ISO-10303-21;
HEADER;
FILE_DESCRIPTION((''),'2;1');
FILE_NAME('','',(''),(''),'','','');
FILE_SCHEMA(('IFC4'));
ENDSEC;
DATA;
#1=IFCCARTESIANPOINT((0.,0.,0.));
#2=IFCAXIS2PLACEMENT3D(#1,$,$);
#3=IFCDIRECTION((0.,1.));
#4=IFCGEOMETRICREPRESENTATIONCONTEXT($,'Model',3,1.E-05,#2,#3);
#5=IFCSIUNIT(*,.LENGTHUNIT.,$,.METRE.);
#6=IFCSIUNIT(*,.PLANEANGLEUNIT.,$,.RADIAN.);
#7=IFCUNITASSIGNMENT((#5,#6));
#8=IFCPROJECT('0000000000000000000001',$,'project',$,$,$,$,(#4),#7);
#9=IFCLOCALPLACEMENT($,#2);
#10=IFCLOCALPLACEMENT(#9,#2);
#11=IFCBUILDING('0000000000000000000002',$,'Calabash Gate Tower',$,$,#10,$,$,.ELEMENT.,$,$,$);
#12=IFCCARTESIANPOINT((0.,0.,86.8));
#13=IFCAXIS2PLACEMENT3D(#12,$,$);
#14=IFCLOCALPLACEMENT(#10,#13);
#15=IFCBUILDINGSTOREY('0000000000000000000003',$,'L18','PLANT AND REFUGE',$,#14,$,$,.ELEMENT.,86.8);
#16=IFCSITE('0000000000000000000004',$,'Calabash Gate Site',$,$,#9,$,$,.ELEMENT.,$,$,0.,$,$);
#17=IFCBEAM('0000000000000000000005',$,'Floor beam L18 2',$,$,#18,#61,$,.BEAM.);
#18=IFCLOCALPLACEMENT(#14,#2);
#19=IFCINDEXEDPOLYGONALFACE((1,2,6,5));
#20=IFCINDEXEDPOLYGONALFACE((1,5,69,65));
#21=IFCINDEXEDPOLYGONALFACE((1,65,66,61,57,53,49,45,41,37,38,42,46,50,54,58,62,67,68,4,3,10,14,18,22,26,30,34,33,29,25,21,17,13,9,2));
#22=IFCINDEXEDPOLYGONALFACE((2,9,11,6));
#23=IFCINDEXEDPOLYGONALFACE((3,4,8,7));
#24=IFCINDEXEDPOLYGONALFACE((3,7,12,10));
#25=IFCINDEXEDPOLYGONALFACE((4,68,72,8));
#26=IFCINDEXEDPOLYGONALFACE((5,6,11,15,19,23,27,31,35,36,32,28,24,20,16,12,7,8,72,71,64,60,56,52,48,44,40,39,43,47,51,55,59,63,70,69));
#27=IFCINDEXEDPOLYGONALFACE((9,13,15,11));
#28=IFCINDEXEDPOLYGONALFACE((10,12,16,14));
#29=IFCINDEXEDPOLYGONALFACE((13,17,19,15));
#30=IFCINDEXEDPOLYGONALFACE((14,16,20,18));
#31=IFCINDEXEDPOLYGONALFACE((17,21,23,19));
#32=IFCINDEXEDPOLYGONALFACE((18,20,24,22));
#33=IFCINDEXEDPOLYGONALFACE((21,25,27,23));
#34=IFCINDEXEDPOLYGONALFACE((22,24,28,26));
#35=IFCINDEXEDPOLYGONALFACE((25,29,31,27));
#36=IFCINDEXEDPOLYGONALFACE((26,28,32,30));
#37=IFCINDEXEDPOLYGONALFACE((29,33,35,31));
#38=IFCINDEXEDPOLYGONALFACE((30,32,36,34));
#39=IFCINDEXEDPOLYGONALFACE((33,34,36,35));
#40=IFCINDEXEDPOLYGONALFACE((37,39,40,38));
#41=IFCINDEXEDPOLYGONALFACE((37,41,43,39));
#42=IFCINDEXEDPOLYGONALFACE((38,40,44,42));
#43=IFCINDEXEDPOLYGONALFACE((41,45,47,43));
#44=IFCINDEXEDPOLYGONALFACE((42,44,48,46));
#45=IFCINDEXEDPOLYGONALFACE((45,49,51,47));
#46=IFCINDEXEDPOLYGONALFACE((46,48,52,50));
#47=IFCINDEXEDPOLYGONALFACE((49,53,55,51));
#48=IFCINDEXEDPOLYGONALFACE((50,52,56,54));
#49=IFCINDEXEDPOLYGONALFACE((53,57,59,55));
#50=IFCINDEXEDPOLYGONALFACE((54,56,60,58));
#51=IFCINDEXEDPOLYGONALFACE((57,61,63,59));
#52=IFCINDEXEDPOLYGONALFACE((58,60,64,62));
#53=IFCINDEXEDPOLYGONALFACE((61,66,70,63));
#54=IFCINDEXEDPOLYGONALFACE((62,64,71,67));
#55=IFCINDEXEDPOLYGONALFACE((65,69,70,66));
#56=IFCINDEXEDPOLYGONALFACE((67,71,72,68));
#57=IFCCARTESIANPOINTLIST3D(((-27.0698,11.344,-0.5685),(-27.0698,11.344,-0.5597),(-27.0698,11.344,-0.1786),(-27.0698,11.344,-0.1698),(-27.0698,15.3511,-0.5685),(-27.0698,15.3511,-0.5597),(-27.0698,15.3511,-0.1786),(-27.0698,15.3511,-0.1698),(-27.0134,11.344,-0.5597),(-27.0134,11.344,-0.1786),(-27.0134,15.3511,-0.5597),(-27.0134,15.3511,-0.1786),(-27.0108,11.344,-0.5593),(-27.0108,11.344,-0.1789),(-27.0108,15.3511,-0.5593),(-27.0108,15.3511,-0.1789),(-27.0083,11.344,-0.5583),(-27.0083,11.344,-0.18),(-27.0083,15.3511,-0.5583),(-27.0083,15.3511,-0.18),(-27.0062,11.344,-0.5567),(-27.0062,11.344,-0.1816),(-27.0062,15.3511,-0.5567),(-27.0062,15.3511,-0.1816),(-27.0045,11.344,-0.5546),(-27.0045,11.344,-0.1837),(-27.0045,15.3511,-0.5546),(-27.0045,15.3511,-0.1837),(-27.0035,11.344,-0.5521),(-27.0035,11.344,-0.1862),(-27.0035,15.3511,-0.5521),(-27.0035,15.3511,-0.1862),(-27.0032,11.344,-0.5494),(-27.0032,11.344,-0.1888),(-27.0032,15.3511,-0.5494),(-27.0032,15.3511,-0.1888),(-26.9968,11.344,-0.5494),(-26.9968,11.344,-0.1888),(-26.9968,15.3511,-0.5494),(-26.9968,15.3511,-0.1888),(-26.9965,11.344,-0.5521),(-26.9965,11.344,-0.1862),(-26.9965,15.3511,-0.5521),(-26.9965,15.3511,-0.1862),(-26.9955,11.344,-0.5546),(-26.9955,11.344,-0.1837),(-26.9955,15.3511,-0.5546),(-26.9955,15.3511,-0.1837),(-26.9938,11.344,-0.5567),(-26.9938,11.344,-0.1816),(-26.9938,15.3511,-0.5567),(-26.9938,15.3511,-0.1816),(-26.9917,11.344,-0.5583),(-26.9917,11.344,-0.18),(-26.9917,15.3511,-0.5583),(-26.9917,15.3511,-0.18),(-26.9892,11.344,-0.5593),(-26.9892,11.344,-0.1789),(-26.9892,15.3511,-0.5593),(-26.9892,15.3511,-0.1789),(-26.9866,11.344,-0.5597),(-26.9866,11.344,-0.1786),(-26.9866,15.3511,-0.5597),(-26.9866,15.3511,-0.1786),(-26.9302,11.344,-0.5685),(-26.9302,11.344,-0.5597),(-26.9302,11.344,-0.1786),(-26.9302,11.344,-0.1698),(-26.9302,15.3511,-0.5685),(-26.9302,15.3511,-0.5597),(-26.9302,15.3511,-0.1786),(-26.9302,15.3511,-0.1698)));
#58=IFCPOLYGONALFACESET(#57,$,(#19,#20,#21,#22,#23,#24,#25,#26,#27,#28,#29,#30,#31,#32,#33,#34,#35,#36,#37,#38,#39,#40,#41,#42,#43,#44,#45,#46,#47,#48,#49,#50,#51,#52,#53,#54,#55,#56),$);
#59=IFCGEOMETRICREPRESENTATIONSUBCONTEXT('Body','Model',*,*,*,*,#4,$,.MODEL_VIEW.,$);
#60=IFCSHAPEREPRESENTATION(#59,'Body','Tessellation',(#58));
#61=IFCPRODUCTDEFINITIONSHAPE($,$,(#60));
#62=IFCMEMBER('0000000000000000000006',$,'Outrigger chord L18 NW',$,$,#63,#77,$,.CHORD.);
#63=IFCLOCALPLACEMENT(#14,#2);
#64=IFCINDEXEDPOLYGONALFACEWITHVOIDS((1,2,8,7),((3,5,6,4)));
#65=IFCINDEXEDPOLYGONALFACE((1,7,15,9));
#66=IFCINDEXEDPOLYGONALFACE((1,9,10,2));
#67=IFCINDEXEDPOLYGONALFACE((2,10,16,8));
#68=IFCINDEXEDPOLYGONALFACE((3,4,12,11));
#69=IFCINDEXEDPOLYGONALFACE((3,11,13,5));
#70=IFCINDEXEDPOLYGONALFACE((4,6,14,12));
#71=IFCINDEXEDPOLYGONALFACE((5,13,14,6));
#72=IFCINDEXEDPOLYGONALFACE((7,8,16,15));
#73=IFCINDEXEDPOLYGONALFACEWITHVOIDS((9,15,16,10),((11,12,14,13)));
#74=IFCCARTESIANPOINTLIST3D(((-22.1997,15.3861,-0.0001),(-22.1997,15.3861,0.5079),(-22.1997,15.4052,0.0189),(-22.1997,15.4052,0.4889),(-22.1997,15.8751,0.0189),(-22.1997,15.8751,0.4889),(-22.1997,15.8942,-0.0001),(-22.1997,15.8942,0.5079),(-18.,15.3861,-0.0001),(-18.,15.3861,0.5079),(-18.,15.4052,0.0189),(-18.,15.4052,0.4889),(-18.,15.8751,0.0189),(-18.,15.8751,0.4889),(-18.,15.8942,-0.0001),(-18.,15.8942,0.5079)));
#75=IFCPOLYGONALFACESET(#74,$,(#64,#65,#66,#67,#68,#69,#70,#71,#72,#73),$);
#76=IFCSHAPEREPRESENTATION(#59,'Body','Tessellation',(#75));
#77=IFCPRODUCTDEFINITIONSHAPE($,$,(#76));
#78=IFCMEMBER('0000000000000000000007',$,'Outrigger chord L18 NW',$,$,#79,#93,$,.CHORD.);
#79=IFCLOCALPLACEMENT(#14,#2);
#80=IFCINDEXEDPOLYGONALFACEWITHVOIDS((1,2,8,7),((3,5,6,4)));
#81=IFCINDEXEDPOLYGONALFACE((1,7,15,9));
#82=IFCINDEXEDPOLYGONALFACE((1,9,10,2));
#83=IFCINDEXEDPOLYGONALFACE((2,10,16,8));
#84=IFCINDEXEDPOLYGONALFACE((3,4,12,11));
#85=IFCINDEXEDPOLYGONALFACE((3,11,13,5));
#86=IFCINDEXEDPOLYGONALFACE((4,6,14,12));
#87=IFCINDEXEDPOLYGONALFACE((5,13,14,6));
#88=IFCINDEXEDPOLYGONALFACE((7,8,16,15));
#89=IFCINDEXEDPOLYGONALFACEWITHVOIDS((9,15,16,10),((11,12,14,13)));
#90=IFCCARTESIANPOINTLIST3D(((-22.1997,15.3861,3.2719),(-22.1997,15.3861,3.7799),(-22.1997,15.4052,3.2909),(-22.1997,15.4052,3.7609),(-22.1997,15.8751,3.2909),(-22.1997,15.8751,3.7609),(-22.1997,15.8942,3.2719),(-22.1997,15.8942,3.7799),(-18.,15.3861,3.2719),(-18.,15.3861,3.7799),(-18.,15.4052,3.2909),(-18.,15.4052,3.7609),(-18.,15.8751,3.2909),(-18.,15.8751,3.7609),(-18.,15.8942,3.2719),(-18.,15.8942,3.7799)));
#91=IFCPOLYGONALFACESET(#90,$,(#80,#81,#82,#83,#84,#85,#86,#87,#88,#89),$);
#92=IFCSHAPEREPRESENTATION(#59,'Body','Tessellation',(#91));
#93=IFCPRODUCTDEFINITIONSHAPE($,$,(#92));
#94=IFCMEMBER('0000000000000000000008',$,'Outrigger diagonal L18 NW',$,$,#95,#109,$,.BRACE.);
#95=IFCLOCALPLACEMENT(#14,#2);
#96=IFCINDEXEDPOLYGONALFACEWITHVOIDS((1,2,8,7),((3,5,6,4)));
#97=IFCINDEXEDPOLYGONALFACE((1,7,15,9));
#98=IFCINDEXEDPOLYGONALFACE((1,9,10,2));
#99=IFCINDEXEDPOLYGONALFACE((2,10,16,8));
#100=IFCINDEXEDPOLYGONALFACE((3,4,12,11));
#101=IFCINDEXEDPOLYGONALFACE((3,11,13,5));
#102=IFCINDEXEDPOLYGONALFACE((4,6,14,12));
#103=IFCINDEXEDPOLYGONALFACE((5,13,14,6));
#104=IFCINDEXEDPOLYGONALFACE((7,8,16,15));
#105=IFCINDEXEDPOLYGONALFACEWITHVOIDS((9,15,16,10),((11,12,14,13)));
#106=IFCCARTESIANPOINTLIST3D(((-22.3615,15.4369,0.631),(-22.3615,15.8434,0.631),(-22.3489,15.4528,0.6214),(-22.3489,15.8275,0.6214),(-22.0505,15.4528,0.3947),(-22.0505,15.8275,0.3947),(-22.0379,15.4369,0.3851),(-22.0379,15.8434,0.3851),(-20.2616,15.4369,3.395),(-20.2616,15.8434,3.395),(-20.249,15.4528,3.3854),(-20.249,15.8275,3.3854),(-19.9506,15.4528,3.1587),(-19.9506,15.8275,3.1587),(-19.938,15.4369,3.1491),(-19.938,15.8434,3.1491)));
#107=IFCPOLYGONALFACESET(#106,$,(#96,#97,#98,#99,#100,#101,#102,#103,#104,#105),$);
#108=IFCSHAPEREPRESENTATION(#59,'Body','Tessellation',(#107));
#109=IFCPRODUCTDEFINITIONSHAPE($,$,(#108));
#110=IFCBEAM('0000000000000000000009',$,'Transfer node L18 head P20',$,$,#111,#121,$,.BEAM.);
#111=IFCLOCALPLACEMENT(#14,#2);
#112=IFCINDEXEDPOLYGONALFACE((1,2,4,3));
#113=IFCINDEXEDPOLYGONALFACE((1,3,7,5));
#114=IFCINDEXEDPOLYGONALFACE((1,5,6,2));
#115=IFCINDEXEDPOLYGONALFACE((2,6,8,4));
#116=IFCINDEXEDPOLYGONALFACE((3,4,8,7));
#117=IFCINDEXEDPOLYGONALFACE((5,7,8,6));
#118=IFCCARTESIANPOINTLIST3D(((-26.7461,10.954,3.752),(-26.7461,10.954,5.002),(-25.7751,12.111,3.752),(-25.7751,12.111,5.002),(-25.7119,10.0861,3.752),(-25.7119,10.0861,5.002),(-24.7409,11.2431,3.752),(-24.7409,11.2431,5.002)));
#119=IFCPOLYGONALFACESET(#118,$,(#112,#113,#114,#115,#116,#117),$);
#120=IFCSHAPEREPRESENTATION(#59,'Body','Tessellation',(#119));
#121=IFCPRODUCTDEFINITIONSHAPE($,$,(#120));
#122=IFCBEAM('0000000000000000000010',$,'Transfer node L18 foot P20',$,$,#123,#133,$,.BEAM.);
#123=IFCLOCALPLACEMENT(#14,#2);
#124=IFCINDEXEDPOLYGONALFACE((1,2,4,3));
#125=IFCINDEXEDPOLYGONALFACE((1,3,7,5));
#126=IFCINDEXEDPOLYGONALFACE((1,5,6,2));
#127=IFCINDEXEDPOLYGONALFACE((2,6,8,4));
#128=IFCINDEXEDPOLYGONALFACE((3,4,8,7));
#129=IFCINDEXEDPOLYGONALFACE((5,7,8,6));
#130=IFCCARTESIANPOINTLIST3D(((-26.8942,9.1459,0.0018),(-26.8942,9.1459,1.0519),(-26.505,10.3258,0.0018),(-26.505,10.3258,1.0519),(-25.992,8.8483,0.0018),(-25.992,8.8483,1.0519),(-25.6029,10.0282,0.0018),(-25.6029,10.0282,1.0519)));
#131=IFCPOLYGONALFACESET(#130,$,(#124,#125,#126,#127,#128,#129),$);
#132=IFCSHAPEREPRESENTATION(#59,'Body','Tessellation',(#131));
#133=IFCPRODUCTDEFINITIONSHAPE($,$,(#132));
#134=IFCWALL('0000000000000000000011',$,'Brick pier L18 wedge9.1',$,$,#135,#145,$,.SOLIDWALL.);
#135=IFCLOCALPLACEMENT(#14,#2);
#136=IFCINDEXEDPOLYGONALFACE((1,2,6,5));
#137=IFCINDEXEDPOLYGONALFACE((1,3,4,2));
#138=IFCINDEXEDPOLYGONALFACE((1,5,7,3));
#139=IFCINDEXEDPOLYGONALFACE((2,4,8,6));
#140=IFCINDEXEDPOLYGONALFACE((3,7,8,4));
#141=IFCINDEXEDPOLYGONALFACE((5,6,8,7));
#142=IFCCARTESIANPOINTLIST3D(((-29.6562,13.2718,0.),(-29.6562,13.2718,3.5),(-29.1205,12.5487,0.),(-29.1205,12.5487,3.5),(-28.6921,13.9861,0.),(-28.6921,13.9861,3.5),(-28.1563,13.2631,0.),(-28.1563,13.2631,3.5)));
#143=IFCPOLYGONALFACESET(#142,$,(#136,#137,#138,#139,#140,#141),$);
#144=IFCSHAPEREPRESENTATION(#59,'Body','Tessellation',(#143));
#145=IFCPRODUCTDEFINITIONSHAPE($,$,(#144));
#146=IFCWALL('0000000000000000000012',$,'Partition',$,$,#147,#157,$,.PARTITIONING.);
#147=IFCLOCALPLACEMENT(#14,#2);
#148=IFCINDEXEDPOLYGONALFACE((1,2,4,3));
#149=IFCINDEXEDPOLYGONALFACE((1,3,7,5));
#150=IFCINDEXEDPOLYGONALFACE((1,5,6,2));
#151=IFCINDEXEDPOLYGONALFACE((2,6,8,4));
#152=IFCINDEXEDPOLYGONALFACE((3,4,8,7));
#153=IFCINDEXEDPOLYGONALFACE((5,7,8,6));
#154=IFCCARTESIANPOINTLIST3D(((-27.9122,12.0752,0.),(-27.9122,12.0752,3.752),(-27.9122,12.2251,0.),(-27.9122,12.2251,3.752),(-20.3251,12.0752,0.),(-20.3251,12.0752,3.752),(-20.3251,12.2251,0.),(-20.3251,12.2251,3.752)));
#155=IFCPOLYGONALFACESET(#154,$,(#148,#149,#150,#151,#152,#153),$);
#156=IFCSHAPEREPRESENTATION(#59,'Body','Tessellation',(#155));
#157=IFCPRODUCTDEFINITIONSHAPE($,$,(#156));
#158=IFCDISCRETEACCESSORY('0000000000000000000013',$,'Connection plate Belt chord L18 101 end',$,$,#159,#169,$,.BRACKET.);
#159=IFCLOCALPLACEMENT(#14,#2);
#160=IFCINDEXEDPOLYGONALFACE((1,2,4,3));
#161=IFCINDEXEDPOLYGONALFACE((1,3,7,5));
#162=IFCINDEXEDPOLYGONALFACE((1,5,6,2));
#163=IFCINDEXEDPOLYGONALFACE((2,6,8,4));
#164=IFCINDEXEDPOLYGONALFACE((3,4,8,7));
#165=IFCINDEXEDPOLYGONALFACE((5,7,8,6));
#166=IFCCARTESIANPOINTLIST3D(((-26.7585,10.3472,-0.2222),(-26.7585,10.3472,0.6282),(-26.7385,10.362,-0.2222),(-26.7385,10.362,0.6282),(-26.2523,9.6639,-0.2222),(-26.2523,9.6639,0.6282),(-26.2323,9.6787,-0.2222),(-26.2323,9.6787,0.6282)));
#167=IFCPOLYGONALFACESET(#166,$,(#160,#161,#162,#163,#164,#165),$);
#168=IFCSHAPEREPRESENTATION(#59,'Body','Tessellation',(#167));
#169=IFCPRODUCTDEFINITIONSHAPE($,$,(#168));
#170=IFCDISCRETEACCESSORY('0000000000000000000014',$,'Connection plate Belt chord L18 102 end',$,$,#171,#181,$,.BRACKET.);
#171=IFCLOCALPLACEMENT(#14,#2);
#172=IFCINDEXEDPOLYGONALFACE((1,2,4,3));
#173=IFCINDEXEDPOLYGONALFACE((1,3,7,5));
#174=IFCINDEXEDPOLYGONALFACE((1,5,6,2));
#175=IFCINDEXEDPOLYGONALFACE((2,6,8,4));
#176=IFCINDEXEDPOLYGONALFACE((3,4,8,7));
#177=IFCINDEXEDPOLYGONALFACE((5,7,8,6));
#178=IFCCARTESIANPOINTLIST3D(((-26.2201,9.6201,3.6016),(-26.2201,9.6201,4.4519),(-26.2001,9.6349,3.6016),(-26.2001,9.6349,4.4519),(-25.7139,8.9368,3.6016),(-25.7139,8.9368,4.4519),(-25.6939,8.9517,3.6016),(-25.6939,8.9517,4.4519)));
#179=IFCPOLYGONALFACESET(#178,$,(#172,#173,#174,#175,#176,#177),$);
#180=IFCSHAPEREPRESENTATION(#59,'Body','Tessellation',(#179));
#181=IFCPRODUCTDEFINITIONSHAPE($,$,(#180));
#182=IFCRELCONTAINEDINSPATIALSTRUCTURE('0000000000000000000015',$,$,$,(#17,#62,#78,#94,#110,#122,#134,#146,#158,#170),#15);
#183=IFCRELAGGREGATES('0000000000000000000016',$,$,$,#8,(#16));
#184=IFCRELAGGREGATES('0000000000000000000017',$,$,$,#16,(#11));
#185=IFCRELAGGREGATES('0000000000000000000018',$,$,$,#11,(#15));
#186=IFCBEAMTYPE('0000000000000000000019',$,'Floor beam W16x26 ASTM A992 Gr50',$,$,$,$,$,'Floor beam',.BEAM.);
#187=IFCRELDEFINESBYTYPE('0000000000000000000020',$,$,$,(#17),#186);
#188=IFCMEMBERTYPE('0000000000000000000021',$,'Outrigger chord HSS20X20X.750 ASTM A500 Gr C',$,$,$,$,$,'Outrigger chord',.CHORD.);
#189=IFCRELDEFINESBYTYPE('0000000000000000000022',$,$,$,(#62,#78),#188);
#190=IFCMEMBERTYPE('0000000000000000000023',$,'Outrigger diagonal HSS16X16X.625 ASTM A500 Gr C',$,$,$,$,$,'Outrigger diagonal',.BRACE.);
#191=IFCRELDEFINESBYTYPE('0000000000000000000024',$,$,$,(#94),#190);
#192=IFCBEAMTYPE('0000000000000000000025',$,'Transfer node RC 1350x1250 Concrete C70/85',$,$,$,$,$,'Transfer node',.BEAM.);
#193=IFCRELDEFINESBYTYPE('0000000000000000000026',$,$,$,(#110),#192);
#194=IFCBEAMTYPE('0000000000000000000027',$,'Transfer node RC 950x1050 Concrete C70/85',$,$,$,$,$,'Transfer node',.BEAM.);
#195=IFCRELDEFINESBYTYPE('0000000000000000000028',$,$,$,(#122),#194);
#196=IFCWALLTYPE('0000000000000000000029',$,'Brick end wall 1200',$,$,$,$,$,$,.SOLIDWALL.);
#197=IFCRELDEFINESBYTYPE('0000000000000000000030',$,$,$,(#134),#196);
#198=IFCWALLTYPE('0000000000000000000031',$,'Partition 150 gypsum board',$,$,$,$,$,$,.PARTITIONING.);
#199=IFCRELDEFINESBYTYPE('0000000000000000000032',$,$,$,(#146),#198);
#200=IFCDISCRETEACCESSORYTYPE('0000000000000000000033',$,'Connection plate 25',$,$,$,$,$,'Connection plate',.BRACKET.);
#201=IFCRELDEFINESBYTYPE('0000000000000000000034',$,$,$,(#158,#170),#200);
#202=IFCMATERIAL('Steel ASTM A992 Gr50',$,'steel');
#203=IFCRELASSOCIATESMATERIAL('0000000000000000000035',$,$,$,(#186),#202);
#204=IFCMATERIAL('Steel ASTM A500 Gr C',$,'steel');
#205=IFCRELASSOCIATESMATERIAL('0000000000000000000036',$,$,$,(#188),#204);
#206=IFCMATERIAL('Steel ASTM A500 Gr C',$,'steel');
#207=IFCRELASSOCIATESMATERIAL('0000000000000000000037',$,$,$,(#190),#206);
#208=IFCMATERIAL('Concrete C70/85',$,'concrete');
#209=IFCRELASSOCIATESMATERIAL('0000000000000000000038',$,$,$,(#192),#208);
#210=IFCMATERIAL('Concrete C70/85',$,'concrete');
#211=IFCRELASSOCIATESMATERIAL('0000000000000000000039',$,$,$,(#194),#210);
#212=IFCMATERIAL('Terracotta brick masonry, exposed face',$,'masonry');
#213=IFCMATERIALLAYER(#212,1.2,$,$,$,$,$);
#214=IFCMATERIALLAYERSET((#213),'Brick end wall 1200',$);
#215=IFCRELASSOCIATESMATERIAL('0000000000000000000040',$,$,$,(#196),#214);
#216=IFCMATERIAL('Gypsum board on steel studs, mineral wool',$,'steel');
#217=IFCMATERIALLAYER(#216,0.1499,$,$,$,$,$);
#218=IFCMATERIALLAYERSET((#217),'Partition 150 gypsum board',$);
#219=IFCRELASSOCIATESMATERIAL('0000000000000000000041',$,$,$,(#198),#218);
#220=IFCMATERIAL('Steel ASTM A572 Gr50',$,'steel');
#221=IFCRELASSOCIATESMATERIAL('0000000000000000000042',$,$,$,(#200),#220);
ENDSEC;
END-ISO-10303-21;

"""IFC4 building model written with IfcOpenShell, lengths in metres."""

from ifc_helpers import new_model, si_unit, direction, frame, frame_2d, origin, origin_2d, place, context, subcontext, project, spatial, rectangle, hollow_rectangle, i_section, extrude, material, layer, layer_set, material_profile, profile_set, type_object, element, save


model = new_model("IFC4")

# Units and contexts
model_context = context("Model", 3, precision=1e-05, world=origin(), true_north=direction((0.0, 1.0)))
body_context = subcontext(model_context, "Body", "Model", "MODEL_VIEW")
ifc_project = project(units=[si_unit("LENGTHUNIT", "METRE"), si_unit("PLANEANGLEUNIT", "RADIAN")], contexts=[model_context])

# Site, building, storey
site_placement = place(None, origin())
site = spatial("IfcSite", under=ifc_project, at=site_placement, Name="Calabash Gate Site", CompositionType="ELEMENT", RefElevation=0.0)
building_placement = place(site_placement, origin())
building = spatial("IfcBuilding", under=site, at=building_placement, Name="Calabash Gate Tower", CompositionType="ELEMENT")
storey_placement = place(building_placement, frame((0.0, 0.0, 86.8)))
storey = spatial("IfcBuildingStorey", under=building, at=storey_placement, Name="L18", Description="PLANT AND REFUGE", CompositionType="ELEMENT", Elevation=86.8)

# Beam
ifc_material_1 = material(Name="Steel ASTM A992 Gr50", Category="steel")
ifc_material_profile_1 = material_profile(ifc_material_1, i_section(OverallWidth=0.1396, OverallDepth=0.3987, WebThickness=0.0063, FlangeThickness=0.0088, FilletRadius=0.0103, at=origin_2d()))
ifc_profile_set_1 = profile_set([ifc_material_profile_1], Name="Steel ASTM A992 Gr50")
beam_type_1 = type_object("IfcBeamType", Name="Floor beam W16x26 ASTM A992 Gr50", ElementType="Floor beam", PredefinedType="BEAM", material=ifc_profile_set_1)
beam_1_placement = place(storey_placement, frame((-27.0, 11.344, -0.3691), z_axis=(0.0, 1.0, 0.0), x_axis=(-1.0, 0.0, 0.0)))
element("IfcBeam", 1, at=beam_1_placement, inside=storey, type_object=beam_type_1, Name="Floor beam L18 2", PredefinedType="BEAM", context=body_context, shape_type="SweptSolid", body=[
    extrude(i_section(OverallWidth=0.1396, OverallDepth=0.3987, WebThickness=0.0063, FlangeThickness=0.0088, FilletRadius=0.0103, at=origin_2d()), origin(), (0.0, 0.0, 1.0), 4.0071),
])

# Members
ifc_material_2 = material(Name="Steel ASTM A500 Gr C", Category="steel")
ifc_material_profile_2 = material_profile(ifc_material_2, hollow_rectangle(XDim=0.5081, YDim=0.5081, WallThickness=0.019, at=origin_2d()))
ifc_profile_set_2 = profile_set([ifc_material_profile_2], Name="Steel ASTM A500 Gr C")
member_type_1 = type_object("IfcMemberType", Name="Outrigger chord HSS20X20X.750 ASTM A500 Gr C", ElementType="Outrigger chord", PredefinedType="CHORD", material=ifc_profile_set_2)
for number, where, z_axis, x_axis, name in (
    (2, (-22.1997, 15.6401, 0.2539), (1.0, 0.0, 0.0), (0.0, 1.0, 0.0), "Outrigger chord L18 NW"),
    (3, (-22.1997, 15.6401, 3.5259), (1.0, 0.0, 0.0), (0.0, 1.0, 0.0), "Outrigger chord L18 NW"),
):
    element("IfcMember", number, at=place(storey_placement, frame(where, z_axis=z_axis, x_axis=x_axis)), inside=storey, type_object=member_type_1, Name=name, PredefinedType="CHORD", context=body_context, shape_type="SweptSolid", body=[
        extrude(hollow_rectangle(XDim=0.5081, YDim=0.5081, WallThickness=0.019, at=origin_2d()), origin(), (0.0, 0.0, 1.0), 4.1997),
    ])
ifc_material_3 = material(Name="Steel ASTM A500 Gr C", Category="steel")
ifc_material_profile_3 = material_profile(ifc_material_3, hollow_rectangle(XDim=0.4065, YDim=0.4065, WallThickness=0.0159, at=origin_2d()))
ifc_profile_set_3 = profile_set([ifc_material_profile_3], Name="Steel ASTM A500 Gr C")
member_type_2 = type_object("IfcMemberType", Name="Outrigger diagonal HSS16X16X.625 ASTM A500 Gr C", ElementType="Outrigger diagonal", PredefinedType="BRACE", material=ifc_profile_set_3)
member_1_placement = place(storey_placement, frame((-22.1997, 15.6401, 0.5081), z_axis=(0.604951, 0.0, 0.796262), x_axis=(0.0, 1.0, 0.0)))
element("IfcMember", 4, at=member_1_placement, inside=storey, type_object=member_type_2, Name="Outrigger diagonal L18 NW", PredefinedType="BRACE", context=body_context, shape_type="SweptSolid", body=[
    extrude(hollow_rectangle(XDim=0.4065, YDim=0.4065, WallThickness=0.0159, at=origin_2d()), origin(), (0.0, 0.0, 1.0), 3.4712),
])

# Beams
ifc_material_4 = material(Name="Concrete C70/85", Category="concrete")
ifc_material_profile_4 = material_profile(ifc_material_4, rectangle(XDim=1.3501, YDim=1.25, at=origin_2d()))
ifc_profile_set_4 = profile_set([ifc_material_profile_4], Name="Concrete C70/85")
beam_type_2 = type_object("IfcBeamType", Name="Transfer node RC 1350x1250 Concrete C70/85", ElementType="Transfer node", PredefinedType="BEAM", material=ifc_profile_set_4)
beam_2_placement = place(storey_placement, frame((-26.229, 10.52, 4.377), z_axis=(0.642836, 0.766004, 0.0), x_axis=(-0.766004, 0.642836, 0.0)))
element("IfcBeam", 5, at=beam_2_placement, inside=storey, type_object=beam_type_2, Name="Transfer node L18 head P20", PredefinedType="BEAM", context=body_context, shape_type="SweptSolid", body=[
    extrude(rectangle(XDim=1.3501, YDim=1.25, at=origin_2d()), origin(), (0.0, 0.0, 1.0), 1.5105),
])
ifc_material_5 = material(Name="Concrete C70/85", Category="concrete")
ifc_material_profile_5 = material_profile(ifc_material_5, rectangle(XDim=0.95, YDim=1.05, at=origin_2d()))
ifc_profile_set_5 = profile_set([ifc_material_profile_5], Name="Concrete C70/85")
beam_type_3 = type_object("IfcBeamType", Name="Transfer node RC 950x1050 Concrete C70/85", ElementType="Transfer node", PredefinedType="BEAM", material=ifc_profile_set_5)
beam_3_placement = place(storey_placement, frame((-26.054, 10.177, 0.5269), z_axis=(-0.31322, -0.949681, 0.0), x_axis=(0.949681, -0.31322, 0.0)))
element("IfcBeam", 6, at=beam_3_placement, inside=storey, type_object=beam_type_3, Name="Transfer node L18 foot P20", PredefinedType="BEAM", context=body_context, shape_type="SweptSolid", body=[
    extrude(rectangle(XDim=0.95, YDim=1.05, at=origin_2d()), origin(), (0.0, 0.0, 1.0), 1.2424),
])

# Walls
ifc_material_6 = material(Name="Terracotta brick masonry, exposed face", Category="masonry")
ifc_layer_1 = layer(ifc_material_6, 1.2)
ifc_layer_set_1 = layer_set([ifc_layer_1], Name="Brick end wall 1200")
wall_type_1 = type_object("IfcWallType", Name="Brick end wall 1200", PredefinedType="SOLIDWALL", material=ifc_layer_set_1)
wall_1_placement = place(storey_placement, frame((-29.3884, 12.9102, 0.0), z_axis=(0.0, 0.0, 1.0), x_axis=(0.803478, 0.595335, 0.0)))
element("IfcWall", 7, at=wall_1_placement, inside=storey, type_object=wall_type_1, Name="Brick pier L18 wedge9.1", PredefinedType="SOLIDWALL", context=body_context, shape_type="SweptSolid", body=[
    extrude(rectangle(XDim=1.2, YDim=0.8999, at=frame_2d((0.6001, 0.0))), origin(), (0.0, 0.0, 1.0), 3.5),
])
ifc_material_7 = material(Name="Gypsum board on steel studs, mineral wool", Category="steel")
ifc_layer_2 = layer(ifc_material_7, 0.1499)
ifc_layer_set_2 = layer_set([ifc_layer_2], Name="Partition 150 gypsum board")
wall_type_2 = type_object("IfcWallType", Name="Partition 150 gypsum board", PredefinedType="PARTITIONING", material=ifc_layer_set_2)
wall_2_placement = place(storey_placement, frame((-27.9121, 12.1501, 0.0), z_axis=(0.0, 0.0, 1.0), x_axis=(1.0, 0.0, 0.0)))
element("IfcWall", 8, at=wall_2_placement, inside=storey, type_object=wall_type_2, Name="Partition", PredefinedType="PARTITIONING", context=body_context, shape_type="SweptSolid", body=[
    extrude(rectangle(XDim=7.5872, YDim=0.1499, at=frame_2d((3.7935, 0.0))), origin(), (0.0, 0.0, 1.0), 3.752),
])

# Discrete accessories
ifc_material_8 = material(Name="Steel ASTM A572 Gr50", Category="steel")
discrete_accessory_type = type_object("IfcDiscreteAccessoryType", Name="Connection plate 25", ElementType="Connection plate", PredefinedType="BRACKET", material=ifc_material_8)
for number, where, z_axis, x_axis, name in (
    (9, (-26.4954, 10.0129, -0.2222), (0.0, 0.0, 1.0), (0.595287, -0.803513, 0.0), "Connection plate Belt chord L18 101 end"),
    (10, (-25.957, 9.2859, 3.6016), (0.0, 0.0, 1.0), (0.595276, -0.803521, 0.0), "Connection plate Belt chord L18 102 end"),
):
    element("IfcDiscreteAccessory", number, at=place(storey_placement, frame(where, z_axis=z_axis, x_axis=x_axis)), inside=storey, type_object=discrete_accessory_type, Name=name, PredefinedType="BRACKET", context=body_context, shape_type="SweptSolid", body=[
        extrude(rectangle(XDim=0.8503, YDim=0.0249, at=origin_2d()), origin(), (0.0, 0.0, 1.0), 0.8503),
    ])

save(model, "model.ifc")
